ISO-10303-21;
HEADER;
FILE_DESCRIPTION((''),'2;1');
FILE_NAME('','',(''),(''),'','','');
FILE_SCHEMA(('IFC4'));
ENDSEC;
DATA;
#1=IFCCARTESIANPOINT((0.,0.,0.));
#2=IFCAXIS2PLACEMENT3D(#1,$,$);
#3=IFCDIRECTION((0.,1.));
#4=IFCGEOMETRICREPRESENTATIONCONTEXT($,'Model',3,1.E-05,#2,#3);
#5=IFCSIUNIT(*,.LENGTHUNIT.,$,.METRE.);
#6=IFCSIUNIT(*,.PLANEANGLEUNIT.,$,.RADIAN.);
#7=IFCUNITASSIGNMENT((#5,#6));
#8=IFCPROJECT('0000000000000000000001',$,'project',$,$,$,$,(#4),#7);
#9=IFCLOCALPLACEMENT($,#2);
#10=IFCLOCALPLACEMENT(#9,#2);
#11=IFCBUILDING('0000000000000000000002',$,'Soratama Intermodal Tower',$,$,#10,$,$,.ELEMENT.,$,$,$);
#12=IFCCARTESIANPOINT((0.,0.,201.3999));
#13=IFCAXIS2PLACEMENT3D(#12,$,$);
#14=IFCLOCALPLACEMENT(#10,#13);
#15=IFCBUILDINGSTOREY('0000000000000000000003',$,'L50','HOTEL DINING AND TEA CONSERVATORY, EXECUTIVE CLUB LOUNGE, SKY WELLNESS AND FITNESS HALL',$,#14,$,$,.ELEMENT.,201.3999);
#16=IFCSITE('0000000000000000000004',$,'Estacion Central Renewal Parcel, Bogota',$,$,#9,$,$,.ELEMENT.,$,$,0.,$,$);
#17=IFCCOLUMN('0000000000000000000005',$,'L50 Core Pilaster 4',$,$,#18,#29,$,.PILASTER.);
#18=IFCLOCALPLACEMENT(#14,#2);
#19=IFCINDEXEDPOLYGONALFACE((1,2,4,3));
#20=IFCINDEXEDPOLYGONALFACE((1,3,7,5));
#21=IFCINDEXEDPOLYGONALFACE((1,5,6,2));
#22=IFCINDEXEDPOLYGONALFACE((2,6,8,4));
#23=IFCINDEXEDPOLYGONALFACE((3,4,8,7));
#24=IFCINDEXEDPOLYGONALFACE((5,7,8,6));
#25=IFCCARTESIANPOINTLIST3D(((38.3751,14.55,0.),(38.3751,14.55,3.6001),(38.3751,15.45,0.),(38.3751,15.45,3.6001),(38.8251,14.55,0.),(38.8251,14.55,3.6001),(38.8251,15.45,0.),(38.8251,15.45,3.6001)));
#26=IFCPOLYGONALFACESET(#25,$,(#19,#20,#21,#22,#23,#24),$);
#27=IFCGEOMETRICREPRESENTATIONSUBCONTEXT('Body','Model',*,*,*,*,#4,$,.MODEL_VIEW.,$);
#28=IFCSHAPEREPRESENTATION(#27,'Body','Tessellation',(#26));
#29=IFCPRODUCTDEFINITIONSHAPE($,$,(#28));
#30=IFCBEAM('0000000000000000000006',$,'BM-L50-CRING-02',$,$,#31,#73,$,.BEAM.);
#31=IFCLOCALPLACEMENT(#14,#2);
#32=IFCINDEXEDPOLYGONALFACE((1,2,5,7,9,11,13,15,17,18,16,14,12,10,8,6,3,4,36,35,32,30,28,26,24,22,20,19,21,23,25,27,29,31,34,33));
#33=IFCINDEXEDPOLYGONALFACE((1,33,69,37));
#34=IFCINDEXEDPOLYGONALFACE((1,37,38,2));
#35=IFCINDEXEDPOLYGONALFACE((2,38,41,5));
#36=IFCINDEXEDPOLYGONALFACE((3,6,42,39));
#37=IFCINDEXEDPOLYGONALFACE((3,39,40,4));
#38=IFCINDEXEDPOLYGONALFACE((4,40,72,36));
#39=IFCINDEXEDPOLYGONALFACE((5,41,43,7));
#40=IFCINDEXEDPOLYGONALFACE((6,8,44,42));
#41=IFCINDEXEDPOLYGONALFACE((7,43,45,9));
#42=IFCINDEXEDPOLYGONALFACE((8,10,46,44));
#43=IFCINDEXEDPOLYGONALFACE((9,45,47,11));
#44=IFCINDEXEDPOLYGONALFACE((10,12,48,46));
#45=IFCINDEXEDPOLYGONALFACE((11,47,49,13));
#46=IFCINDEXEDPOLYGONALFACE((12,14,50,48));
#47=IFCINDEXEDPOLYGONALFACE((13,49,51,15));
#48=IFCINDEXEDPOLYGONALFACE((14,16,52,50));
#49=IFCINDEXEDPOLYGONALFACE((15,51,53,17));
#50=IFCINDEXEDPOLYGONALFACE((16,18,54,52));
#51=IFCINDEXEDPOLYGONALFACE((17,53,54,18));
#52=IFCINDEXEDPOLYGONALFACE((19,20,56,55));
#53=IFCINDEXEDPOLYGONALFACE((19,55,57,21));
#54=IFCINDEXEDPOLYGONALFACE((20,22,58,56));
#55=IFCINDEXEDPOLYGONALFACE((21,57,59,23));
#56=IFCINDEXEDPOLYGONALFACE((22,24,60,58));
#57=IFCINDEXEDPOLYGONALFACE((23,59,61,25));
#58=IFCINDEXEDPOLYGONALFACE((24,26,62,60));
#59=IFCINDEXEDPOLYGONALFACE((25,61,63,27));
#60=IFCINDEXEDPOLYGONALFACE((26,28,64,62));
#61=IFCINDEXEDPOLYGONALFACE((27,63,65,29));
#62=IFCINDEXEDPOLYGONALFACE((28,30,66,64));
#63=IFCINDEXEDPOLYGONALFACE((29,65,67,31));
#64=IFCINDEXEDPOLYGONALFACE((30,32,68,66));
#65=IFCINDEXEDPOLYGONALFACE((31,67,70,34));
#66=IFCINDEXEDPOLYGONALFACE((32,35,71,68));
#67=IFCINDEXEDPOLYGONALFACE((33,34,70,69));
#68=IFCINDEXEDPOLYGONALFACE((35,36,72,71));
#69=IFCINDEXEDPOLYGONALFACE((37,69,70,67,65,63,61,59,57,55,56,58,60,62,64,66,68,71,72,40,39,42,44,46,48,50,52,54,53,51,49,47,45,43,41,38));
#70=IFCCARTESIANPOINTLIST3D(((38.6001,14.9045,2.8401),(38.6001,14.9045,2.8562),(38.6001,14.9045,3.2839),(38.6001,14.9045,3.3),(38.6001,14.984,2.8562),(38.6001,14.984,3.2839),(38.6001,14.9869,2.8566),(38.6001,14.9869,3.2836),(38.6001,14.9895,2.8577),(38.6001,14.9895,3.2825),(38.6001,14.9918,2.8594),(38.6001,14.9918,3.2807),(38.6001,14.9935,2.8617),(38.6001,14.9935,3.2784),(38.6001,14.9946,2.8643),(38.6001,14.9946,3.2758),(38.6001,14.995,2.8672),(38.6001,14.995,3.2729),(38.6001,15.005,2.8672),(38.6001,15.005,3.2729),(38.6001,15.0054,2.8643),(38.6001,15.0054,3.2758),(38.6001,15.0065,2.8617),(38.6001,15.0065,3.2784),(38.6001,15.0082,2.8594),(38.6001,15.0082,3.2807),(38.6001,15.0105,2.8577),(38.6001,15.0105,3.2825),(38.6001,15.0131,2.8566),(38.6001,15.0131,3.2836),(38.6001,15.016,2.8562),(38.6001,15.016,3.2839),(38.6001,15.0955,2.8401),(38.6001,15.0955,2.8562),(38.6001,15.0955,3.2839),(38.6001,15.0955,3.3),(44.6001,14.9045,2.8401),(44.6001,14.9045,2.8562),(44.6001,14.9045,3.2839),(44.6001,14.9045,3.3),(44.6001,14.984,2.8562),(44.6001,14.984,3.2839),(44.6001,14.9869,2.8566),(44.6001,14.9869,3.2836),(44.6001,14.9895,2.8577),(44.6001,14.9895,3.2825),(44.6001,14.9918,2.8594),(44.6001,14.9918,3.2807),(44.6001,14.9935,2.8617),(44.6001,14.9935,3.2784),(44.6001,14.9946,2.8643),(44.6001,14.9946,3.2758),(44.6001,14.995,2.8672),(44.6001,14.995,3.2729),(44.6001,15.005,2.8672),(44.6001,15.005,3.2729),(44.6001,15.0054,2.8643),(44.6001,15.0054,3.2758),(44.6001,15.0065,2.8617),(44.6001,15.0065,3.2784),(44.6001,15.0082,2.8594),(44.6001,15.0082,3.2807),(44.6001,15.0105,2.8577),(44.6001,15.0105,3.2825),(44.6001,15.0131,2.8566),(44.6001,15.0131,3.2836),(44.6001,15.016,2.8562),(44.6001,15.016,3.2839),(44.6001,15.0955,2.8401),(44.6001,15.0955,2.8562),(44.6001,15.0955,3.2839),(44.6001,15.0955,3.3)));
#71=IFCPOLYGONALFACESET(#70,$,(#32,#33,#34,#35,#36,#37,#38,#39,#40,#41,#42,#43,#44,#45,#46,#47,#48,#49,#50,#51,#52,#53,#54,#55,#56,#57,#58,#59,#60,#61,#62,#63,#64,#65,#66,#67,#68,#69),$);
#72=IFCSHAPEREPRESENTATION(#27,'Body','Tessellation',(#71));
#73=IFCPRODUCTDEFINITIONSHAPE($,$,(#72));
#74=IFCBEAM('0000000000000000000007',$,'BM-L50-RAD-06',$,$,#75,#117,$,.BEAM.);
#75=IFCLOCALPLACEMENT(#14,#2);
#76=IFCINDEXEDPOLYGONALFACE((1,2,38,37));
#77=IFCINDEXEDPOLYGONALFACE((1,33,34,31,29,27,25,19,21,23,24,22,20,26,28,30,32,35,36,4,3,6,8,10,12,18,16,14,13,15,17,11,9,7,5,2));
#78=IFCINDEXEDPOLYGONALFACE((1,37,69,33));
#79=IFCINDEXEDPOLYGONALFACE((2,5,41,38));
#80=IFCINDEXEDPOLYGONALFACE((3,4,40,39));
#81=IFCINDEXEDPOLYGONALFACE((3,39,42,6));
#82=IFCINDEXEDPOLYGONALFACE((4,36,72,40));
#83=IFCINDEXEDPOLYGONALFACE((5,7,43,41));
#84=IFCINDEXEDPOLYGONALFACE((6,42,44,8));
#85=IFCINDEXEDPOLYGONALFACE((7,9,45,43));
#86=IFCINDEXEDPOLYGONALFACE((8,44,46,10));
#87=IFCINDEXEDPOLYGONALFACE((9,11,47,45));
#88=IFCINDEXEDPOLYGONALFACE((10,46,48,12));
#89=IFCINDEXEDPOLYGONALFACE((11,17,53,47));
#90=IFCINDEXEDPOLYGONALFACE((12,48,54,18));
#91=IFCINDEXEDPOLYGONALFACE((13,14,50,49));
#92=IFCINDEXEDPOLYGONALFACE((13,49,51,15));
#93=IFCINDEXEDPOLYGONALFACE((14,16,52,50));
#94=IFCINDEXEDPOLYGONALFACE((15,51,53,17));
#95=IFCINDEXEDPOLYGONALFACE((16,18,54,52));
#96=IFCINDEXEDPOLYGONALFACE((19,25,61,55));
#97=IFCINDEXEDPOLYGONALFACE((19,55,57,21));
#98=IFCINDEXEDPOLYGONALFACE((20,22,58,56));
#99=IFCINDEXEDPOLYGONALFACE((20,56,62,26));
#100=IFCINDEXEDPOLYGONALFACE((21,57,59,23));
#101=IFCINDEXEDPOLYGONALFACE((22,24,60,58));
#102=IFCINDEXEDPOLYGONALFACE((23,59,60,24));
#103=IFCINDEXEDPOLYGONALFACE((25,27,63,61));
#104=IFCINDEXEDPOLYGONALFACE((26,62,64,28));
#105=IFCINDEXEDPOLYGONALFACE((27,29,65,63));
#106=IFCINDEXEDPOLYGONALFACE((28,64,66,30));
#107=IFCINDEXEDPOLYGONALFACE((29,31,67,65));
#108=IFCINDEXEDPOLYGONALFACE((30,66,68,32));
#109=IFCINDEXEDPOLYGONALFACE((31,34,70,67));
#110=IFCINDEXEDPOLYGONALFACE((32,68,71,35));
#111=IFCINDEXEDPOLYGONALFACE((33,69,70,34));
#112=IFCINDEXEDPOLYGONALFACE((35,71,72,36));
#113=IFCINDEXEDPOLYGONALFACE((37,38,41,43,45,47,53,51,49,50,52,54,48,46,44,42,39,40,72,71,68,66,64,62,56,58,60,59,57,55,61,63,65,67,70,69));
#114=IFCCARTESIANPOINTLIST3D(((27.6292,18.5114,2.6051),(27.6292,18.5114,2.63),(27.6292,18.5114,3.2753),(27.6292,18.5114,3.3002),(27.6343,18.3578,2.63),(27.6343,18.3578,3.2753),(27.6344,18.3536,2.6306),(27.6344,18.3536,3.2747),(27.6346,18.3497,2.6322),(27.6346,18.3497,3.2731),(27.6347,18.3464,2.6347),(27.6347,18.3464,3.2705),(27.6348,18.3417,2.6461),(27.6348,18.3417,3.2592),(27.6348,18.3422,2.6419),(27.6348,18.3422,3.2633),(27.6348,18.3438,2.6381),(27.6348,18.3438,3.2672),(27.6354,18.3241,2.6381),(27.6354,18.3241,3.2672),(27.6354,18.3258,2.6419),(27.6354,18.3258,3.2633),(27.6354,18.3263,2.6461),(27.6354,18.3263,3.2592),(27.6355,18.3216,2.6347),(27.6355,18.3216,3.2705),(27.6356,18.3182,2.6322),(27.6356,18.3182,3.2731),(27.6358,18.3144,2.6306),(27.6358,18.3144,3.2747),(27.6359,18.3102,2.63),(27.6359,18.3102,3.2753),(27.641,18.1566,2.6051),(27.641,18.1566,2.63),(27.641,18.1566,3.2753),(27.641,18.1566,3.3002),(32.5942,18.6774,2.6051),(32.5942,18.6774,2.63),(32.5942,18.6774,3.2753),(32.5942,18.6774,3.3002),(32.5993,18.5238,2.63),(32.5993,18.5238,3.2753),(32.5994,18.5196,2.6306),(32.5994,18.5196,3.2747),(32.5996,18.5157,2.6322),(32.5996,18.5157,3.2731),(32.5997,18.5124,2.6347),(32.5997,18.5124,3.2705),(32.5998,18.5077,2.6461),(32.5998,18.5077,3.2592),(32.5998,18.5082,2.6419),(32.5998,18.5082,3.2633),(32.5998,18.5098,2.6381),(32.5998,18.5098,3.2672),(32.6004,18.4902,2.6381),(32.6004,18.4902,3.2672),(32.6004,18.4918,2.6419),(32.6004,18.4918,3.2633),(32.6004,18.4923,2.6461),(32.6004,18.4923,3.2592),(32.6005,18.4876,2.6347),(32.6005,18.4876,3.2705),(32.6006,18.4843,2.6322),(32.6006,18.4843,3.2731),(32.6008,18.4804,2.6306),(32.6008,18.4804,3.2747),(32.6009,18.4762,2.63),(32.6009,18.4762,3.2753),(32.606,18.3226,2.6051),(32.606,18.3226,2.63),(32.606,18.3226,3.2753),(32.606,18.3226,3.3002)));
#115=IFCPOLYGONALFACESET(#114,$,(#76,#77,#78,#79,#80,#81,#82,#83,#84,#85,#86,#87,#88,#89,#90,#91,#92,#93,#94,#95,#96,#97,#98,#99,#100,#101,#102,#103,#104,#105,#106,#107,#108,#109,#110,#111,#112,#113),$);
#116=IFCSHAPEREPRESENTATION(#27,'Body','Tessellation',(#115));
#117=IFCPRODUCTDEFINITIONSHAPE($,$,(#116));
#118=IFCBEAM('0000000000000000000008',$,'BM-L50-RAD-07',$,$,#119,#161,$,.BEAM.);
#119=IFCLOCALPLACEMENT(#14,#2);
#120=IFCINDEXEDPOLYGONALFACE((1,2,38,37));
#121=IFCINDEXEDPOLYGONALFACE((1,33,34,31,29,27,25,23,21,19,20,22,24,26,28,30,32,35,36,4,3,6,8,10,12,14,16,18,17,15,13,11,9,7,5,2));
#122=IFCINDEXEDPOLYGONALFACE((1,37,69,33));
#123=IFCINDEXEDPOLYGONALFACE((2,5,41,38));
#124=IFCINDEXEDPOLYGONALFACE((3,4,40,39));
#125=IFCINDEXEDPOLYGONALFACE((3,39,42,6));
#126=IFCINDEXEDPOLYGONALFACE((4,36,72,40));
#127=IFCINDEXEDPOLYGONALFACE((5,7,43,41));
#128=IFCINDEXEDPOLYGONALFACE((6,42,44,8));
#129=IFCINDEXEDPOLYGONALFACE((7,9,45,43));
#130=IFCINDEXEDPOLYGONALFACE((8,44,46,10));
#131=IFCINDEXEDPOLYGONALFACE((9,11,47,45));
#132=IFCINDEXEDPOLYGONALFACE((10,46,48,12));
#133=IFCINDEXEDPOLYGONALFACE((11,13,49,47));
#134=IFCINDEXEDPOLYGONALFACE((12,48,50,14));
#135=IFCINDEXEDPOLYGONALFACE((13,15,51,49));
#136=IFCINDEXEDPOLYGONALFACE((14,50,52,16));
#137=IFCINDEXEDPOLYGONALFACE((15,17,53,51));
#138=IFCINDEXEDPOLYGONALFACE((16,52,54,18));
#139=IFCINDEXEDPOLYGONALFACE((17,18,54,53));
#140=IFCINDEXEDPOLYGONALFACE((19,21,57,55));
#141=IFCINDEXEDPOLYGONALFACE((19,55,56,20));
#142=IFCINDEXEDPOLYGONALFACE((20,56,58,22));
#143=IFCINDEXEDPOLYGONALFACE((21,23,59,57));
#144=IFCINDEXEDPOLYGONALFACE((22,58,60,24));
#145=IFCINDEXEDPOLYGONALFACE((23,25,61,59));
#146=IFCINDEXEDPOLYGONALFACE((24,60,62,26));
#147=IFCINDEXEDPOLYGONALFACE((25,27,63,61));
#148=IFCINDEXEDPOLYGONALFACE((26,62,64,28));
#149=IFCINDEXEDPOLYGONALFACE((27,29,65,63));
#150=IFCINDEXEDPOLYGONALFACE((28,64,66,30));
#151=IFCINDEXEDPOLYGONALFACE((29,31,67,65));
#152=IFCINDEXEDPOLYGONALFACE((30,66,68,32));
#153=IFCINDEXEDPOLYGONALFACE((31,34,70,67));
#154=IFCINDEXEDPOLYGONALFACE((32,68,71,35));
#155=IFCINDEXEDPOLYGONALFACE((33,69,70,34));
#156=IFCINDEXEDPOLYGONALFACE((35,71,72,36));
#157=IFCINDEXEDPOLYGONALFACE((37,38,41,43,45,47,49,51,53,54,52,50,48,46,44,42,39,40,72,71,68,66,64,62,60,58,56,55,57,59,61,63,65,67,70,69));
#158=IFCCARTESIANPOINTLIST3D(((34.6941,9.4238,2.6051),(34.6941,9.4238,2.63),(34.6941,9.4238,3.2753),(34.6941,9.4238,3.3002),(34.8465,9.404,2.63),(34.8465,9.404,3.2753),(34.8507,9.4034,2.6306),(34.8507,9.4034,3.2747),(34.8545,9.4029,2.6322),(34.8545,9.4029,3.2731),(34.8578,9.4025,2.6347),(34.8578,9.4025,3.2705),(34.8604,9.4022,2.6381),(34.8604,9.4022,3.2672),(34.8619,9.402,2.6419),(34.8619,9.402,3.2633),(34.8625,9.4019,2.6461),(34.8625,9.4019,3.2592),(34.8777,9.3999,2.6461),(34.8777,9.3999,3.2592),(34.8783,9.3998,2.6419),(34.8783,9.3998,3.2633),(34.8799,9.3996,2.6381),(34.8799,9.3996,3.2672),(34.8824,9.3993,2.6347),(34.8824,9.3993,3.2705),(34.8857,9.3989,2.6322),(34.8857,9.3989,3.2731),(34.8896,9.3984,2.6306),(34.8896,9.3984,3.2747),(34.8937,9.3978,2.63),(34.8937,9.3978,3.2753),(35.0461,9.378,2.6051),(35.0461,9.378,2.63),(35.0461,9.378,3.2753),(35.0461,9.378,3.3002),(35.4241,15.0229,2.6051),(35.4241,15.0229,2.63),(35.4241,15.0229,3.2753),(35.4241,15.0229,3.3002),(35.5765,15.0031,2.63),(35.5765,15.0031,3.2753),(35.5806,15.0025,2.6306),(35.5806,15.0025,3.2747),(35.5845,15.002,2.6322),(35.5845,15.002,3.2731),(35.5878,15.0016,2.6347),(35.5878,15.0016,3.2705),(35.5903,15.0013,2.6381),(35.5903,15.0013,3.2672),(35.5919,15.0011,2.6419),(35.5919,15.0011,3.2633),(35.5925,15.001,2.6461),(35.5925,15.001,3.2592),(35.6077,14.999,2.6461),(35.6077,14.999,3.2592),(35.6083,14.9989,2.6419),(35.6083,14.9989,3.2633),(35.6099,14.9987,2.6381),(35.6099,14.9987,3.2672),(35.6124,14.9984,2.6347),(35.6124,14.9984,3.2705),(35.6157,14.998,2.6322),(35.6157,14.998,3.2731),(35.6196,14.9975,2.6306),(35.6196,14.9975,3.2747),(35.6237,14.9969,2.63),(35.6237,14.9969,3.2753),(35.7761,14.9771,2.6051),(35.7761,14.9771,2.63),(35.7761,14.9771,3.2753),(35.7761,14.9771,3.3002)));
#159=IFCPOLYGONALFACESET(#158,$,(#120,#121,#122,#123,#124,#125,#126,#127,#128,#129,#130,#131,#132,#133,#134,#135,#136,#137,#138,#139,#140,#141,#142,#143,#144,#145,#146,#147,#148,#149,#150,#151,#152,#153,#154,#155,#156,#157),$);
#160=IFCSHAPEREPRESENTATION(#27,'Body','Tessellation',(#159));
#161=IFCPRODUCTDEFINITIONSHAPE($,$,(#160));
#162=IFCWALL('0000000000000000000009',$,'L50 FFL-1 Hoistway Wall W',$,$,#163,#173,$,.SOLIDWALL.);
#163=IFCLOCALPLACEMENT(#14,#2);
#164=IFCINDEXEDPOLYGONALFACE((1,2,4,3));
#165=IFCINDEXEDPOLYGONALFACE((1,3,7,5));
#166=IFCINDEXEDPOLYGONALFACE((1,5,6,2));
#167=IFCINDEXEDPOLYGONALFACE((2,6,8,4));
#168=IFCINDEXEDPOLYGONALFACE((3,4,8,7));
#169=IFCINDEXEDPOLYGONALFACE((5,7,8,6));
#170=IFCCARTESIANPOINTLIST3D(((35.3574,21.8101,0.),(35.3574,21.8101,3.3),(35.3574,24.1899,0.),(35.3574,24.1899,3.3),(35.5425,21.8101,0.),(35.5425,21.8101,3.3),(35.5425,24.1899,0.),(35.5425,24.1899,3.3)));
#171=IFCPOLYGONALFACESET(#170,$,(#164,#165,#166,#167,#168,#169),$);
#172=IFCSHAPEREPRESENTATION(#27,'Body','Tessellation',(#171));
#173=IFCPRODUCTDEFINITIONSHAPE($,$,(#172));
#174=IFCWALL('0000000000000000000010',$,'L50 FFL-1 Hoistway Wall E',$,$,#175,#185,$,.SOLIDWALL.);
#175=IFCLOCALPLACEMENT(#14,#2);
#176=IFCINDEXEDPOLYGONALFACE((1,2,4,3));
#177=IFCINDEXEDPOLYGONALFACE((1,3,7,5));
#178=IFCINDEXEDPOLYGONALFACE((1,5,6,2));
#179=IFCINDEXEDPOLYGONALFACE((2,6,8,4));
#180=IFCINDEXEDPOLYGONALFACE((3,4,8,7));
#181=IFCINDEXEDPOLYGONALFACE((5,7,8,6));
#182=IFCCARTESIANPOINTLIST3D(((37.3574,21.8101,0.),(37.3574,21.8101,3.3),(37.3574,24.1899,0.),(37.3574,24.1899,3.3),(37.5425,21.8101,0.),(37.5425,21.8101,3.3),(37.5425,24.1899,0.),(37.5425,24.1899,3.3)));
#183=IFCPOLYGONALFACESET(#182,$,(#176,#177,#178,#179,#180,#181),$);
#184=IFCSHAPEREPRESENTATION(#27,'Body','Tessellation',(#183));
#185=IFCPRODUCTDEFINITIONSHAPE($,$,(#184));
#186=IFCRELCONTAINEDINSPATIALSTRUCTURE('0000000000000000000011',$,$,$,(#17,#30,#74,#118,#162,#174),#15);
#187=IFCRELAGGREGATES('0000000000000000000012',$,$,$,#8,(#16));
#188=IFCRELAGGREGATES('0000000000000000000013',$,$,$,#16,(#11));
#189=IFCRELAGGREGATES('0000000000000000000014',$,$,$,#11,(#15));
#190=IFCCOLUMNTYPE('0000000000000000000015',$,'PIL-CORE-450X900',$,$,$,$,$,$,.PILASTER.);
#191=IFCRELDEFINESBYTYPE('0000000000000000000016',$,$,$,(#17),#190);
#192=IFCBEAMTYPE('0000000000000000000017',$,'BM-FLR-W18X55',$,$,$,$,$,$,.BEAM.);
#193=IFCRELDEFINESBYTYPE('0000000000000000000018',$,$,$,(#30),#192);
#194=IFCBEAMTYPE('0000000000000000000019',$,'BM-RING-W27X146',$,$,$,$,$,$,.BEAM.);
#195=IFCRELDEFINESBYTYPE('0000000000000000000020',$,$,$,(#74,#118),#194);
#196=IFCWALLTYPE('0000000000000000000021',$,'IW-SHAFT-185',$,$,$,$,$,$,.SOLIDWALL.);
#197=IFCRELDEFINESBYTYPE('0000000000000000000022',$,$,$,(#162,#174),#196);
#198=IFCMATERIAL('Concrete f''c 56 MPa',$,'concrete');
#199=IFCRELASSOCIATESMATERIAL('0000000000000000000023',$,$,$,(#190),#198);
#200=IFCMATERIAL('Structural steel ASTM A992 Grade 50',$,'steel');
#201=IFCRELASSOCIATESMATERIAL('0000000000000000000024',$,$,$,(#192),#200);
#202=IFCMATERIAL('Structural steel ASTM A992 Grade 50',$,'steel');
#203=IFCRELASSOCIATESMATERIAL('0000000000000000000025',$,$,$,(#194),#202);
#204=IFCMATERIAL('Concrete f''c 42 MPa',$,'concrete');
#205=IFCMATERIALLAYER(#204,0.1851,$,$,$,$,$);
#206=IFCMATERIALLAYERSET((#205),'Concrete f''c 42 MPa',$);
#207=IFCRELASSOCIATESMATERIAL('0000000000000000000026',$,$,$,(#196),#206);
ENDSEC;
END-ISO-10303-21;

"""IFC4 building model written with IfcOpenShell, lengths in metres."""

from ifc_helpers import new_model, si_unit, direction, frame, frame_2d, origin, origin_2d, place, context, subcontext, project, spatial, rectangle, i_section, extrude, material, layer, layer_set, material_profile, profile_set, type_object, element, save


model = new_model("IFC4")

# Units and contexts
model_context = context("Model", 3, precision=1e-05, world=origin(), true_north=direction((0.0, 1.0)))
body_context = subcontext(model_context, "Body", "Model", "MODEL_VIEW")
ifc_project = project(units=[si_unit("LENGTHUNIT", "METRE"), si_unit("PLANEANGLEUNIT", "RADIAN")], contexts=[model_context])

# Site, building, storey
site_placement = place(None, origin())
site = spatial("IfcSite", under=ifc_project, at=site_placement, Name="Estacion Central Renewal Parcel, Bogota", CompositionType="ELEMENT", RefElevation=0.0)
building_placement = place(site_placement, origin())
building = spatial("IfcBuilding", under=site, at=building_placement, Name="Soratama Intermodal Tower", CompositionType="ELEMENT")
storey_placement = place(building_placement, frame((0.0, 0.0, 201.3999)))
storey = spatial("IfcBuildingStorey", under=building, at=storey_placement, Name="L50", Description="HOTEL DINING AND TEA CONSERVATORY, EXECUTIVE CLUB LOUNGE, SKY WELLNESS AND FITNESS HALL", CompositionType="ELEMENT", Elevation=201.3999)

# Column
ifc_material_1 = material(Name="Concrete f'c 56 MPa", Category="concrete")
ifc_material_profile_1 = material_profile(ifc_material_1, rectangle(XDim=0.45, YDim=0.8999, at=origin_2d()), Name="RC450X900")
ifc_profile_set_1 = profile_set([ifc_material_profile_1], Name="Concrete f'c 56 MPa")
column_type = type_object("IfcColumnType", Name="PIL-CORE-450X900", PredefinedType="PILASTER", material=ifc_profile_set_1)
column_placement = place(storey_placement, frame((38.6001, 15.0, 0.0), z_axis=(0.0, 0.0, 1.0), x_axis=(1.0, 0.0, 0.0)))
element("IfcColumn", 1, at=column_placement, inside=storey, type_object=column_type, Name="L50 Core Pilaster 4", PredefinedType="PILASTER", context=body_context, shape_type="SweptSolid", body=[
    extrude(rectangle(XDim=0.45, YDim=0.8999, at=origin_2d()), origin(), (0.0, 0.0, 1.0), 3.6001),
])

# Beams
ifc_material_2 = material(Name="Structural steel ASTM A992 Grade 50", Category="steel")
ifc_material_profile_2 = material_profile(ifc_material_2, i_section(OverallWidth=0.1909, OverallDepth=0.46, WebThickness=0.01, FlangeThickness=0.0161, FilletRadius=0.011, at=origin_2d()), Name="W18X55")
ifc_profile_set_2 = profile_set([ifc_material_profile_2], Name="Structural steel ASTM A992 Grade 50")
beam_type_1 = type_object("IfcBeamType", Name="BM-FLR-W18X55", PredefinedType="BEAM", material=ifc_profile_set_2)
beam_1_placement = place(storey_placement, frame((38.6001, 15.0, 3.0701), z_axis=(1.0, 0.0, 0.0), x_axis=(0.0, 1.0, 0.0)))
element("IfcBeam", 2, at=beam_1_placement, inside=storey, type_object=beam_type_1, Name="BM-L50-CRING-02", PredefinedType="BEAM", context=body_context, shape_type="SweptSolid", body=[
    extrude(i_section(OverallWidth=0.1909, OverallDepth=0.46, WebThickness=0.01, FlangeThickness=0.0161, FilletRadius=0.011, at=origin_2d()), origin(), (0.0, 0.0, 1.0), 6.0),
])
ifc_material_3 = material(Name="Structural steel ASTM A992 Grade 50", Category="steel")
ifc_material_profile_3 = material_profile(ifc_material_3, i_section(OverallWidth=0.355, OverallDepth=0.6951, WebThickness=0.0154, FlangeThickness=0.0249, FilletRadius=0.0161, at=origin_2d()), Name="W27X146")
ifc_profile_set_3 = profile_set([ifc_material_profile_3], Name="Structural steel ASTM A992 Grade 50")
beam_type_2 = type_object("IfcBeamType", Name="BM-RING-W27X146", PredefinedType="BEAM", material=ifc_profile_set_3)
beam_2_placement = place(storey_placement, frame((32.6001, 18.5, 2.9526), z_axis=(-0.999441, -0.033418, 0.0), x_axis=(0.033418, -0.999441, 0.0)))
element("IfcBeam", 3, at=beam_2_placement, inside=storey, type_object=beam_type_2, Name="BM-L50-RAD-06", PredefinedType="BEAM", context=body_context, shape_type="SweptSolid", body=[
    extrude(i_section(OverallWidth=0.355, OverallDepth=0.6951, WebThickness=0.0154, FlangeThickness=0.0249, FilletRadius=0.0161, at=origin_2d()), origin(), (0.0, 0.0, 1.0), 4.9678),
])
beam_3_placement = place(storey_placement, frame((35.6001, 15.0, 2.9526), z_axis=(-0.12928, -0.991608, 0.0), x_axis=(0.991608, -0.12928, 0.0)))
element("IfcBeam", 4, at=beam_3_placement, inside=storey, type_object=beam_type_2, Name="BM-L50-RAD-07", PredefinedType="BEAM", context=body_context, shape_type="SweptSolid", body=[
    extrude(i_section(OverallWidth=0.355, OverallDepth=0.6951, WebThickness=0.0154, FlangeThickness=0.0249, FilletRadius=0.0161, at=origin_2d()), origin(), (0.0, 0.0, 1.0), 5.6465),
])

# Shared definitions
ifc_material_4 = material(Name="Concrete f'c 42 MPa", Category="concrete")
ifc_layer_1 = layer(ifc_material_4, 0.1851)
ifc_layer_set_1 = layer_set([ifc_layer_1], Name="Concrete f'c 42 MPa")
wall_type_1 = type_object("IfcWallType", Name="IW-SHAFT-185", PredefinedType="SOLIDWALL", material=ifc_layer_set_1)

# Walls
for number, where, z_axis, x_axis, name in (
    (5, (35.45, 21.8101, 0.0), (0.0, 0.0, 1.0), (0.0, 1.0, 0.0), "L50 FFL-1 Hoistway Wall W"),
    (6, (37.45, 21.8101, 0.0), (0.0, 0.0, 1.0), (0.0, 1.0, 0.0), "L50 FFL-1 Hoistway Wall E"),
):
    element("IfcWall", number, at=place(storey_placement, frame(where, z_axis=z_axis, x_axis=x_axis)), inside=storey, type_object=wall_type_1, Name=name, PredefinedType="SOLIDWALL", context=body_context, shape_type="SweptSolid", body=[
        extrude(rectangle(XDim=2.3799, YDim=0.1851, at=frame_2d((1.1899, 0.0))), origin(), (0.0, 0.0, 1.0), 3.3),
    ])

save(model, "model.ifc")
